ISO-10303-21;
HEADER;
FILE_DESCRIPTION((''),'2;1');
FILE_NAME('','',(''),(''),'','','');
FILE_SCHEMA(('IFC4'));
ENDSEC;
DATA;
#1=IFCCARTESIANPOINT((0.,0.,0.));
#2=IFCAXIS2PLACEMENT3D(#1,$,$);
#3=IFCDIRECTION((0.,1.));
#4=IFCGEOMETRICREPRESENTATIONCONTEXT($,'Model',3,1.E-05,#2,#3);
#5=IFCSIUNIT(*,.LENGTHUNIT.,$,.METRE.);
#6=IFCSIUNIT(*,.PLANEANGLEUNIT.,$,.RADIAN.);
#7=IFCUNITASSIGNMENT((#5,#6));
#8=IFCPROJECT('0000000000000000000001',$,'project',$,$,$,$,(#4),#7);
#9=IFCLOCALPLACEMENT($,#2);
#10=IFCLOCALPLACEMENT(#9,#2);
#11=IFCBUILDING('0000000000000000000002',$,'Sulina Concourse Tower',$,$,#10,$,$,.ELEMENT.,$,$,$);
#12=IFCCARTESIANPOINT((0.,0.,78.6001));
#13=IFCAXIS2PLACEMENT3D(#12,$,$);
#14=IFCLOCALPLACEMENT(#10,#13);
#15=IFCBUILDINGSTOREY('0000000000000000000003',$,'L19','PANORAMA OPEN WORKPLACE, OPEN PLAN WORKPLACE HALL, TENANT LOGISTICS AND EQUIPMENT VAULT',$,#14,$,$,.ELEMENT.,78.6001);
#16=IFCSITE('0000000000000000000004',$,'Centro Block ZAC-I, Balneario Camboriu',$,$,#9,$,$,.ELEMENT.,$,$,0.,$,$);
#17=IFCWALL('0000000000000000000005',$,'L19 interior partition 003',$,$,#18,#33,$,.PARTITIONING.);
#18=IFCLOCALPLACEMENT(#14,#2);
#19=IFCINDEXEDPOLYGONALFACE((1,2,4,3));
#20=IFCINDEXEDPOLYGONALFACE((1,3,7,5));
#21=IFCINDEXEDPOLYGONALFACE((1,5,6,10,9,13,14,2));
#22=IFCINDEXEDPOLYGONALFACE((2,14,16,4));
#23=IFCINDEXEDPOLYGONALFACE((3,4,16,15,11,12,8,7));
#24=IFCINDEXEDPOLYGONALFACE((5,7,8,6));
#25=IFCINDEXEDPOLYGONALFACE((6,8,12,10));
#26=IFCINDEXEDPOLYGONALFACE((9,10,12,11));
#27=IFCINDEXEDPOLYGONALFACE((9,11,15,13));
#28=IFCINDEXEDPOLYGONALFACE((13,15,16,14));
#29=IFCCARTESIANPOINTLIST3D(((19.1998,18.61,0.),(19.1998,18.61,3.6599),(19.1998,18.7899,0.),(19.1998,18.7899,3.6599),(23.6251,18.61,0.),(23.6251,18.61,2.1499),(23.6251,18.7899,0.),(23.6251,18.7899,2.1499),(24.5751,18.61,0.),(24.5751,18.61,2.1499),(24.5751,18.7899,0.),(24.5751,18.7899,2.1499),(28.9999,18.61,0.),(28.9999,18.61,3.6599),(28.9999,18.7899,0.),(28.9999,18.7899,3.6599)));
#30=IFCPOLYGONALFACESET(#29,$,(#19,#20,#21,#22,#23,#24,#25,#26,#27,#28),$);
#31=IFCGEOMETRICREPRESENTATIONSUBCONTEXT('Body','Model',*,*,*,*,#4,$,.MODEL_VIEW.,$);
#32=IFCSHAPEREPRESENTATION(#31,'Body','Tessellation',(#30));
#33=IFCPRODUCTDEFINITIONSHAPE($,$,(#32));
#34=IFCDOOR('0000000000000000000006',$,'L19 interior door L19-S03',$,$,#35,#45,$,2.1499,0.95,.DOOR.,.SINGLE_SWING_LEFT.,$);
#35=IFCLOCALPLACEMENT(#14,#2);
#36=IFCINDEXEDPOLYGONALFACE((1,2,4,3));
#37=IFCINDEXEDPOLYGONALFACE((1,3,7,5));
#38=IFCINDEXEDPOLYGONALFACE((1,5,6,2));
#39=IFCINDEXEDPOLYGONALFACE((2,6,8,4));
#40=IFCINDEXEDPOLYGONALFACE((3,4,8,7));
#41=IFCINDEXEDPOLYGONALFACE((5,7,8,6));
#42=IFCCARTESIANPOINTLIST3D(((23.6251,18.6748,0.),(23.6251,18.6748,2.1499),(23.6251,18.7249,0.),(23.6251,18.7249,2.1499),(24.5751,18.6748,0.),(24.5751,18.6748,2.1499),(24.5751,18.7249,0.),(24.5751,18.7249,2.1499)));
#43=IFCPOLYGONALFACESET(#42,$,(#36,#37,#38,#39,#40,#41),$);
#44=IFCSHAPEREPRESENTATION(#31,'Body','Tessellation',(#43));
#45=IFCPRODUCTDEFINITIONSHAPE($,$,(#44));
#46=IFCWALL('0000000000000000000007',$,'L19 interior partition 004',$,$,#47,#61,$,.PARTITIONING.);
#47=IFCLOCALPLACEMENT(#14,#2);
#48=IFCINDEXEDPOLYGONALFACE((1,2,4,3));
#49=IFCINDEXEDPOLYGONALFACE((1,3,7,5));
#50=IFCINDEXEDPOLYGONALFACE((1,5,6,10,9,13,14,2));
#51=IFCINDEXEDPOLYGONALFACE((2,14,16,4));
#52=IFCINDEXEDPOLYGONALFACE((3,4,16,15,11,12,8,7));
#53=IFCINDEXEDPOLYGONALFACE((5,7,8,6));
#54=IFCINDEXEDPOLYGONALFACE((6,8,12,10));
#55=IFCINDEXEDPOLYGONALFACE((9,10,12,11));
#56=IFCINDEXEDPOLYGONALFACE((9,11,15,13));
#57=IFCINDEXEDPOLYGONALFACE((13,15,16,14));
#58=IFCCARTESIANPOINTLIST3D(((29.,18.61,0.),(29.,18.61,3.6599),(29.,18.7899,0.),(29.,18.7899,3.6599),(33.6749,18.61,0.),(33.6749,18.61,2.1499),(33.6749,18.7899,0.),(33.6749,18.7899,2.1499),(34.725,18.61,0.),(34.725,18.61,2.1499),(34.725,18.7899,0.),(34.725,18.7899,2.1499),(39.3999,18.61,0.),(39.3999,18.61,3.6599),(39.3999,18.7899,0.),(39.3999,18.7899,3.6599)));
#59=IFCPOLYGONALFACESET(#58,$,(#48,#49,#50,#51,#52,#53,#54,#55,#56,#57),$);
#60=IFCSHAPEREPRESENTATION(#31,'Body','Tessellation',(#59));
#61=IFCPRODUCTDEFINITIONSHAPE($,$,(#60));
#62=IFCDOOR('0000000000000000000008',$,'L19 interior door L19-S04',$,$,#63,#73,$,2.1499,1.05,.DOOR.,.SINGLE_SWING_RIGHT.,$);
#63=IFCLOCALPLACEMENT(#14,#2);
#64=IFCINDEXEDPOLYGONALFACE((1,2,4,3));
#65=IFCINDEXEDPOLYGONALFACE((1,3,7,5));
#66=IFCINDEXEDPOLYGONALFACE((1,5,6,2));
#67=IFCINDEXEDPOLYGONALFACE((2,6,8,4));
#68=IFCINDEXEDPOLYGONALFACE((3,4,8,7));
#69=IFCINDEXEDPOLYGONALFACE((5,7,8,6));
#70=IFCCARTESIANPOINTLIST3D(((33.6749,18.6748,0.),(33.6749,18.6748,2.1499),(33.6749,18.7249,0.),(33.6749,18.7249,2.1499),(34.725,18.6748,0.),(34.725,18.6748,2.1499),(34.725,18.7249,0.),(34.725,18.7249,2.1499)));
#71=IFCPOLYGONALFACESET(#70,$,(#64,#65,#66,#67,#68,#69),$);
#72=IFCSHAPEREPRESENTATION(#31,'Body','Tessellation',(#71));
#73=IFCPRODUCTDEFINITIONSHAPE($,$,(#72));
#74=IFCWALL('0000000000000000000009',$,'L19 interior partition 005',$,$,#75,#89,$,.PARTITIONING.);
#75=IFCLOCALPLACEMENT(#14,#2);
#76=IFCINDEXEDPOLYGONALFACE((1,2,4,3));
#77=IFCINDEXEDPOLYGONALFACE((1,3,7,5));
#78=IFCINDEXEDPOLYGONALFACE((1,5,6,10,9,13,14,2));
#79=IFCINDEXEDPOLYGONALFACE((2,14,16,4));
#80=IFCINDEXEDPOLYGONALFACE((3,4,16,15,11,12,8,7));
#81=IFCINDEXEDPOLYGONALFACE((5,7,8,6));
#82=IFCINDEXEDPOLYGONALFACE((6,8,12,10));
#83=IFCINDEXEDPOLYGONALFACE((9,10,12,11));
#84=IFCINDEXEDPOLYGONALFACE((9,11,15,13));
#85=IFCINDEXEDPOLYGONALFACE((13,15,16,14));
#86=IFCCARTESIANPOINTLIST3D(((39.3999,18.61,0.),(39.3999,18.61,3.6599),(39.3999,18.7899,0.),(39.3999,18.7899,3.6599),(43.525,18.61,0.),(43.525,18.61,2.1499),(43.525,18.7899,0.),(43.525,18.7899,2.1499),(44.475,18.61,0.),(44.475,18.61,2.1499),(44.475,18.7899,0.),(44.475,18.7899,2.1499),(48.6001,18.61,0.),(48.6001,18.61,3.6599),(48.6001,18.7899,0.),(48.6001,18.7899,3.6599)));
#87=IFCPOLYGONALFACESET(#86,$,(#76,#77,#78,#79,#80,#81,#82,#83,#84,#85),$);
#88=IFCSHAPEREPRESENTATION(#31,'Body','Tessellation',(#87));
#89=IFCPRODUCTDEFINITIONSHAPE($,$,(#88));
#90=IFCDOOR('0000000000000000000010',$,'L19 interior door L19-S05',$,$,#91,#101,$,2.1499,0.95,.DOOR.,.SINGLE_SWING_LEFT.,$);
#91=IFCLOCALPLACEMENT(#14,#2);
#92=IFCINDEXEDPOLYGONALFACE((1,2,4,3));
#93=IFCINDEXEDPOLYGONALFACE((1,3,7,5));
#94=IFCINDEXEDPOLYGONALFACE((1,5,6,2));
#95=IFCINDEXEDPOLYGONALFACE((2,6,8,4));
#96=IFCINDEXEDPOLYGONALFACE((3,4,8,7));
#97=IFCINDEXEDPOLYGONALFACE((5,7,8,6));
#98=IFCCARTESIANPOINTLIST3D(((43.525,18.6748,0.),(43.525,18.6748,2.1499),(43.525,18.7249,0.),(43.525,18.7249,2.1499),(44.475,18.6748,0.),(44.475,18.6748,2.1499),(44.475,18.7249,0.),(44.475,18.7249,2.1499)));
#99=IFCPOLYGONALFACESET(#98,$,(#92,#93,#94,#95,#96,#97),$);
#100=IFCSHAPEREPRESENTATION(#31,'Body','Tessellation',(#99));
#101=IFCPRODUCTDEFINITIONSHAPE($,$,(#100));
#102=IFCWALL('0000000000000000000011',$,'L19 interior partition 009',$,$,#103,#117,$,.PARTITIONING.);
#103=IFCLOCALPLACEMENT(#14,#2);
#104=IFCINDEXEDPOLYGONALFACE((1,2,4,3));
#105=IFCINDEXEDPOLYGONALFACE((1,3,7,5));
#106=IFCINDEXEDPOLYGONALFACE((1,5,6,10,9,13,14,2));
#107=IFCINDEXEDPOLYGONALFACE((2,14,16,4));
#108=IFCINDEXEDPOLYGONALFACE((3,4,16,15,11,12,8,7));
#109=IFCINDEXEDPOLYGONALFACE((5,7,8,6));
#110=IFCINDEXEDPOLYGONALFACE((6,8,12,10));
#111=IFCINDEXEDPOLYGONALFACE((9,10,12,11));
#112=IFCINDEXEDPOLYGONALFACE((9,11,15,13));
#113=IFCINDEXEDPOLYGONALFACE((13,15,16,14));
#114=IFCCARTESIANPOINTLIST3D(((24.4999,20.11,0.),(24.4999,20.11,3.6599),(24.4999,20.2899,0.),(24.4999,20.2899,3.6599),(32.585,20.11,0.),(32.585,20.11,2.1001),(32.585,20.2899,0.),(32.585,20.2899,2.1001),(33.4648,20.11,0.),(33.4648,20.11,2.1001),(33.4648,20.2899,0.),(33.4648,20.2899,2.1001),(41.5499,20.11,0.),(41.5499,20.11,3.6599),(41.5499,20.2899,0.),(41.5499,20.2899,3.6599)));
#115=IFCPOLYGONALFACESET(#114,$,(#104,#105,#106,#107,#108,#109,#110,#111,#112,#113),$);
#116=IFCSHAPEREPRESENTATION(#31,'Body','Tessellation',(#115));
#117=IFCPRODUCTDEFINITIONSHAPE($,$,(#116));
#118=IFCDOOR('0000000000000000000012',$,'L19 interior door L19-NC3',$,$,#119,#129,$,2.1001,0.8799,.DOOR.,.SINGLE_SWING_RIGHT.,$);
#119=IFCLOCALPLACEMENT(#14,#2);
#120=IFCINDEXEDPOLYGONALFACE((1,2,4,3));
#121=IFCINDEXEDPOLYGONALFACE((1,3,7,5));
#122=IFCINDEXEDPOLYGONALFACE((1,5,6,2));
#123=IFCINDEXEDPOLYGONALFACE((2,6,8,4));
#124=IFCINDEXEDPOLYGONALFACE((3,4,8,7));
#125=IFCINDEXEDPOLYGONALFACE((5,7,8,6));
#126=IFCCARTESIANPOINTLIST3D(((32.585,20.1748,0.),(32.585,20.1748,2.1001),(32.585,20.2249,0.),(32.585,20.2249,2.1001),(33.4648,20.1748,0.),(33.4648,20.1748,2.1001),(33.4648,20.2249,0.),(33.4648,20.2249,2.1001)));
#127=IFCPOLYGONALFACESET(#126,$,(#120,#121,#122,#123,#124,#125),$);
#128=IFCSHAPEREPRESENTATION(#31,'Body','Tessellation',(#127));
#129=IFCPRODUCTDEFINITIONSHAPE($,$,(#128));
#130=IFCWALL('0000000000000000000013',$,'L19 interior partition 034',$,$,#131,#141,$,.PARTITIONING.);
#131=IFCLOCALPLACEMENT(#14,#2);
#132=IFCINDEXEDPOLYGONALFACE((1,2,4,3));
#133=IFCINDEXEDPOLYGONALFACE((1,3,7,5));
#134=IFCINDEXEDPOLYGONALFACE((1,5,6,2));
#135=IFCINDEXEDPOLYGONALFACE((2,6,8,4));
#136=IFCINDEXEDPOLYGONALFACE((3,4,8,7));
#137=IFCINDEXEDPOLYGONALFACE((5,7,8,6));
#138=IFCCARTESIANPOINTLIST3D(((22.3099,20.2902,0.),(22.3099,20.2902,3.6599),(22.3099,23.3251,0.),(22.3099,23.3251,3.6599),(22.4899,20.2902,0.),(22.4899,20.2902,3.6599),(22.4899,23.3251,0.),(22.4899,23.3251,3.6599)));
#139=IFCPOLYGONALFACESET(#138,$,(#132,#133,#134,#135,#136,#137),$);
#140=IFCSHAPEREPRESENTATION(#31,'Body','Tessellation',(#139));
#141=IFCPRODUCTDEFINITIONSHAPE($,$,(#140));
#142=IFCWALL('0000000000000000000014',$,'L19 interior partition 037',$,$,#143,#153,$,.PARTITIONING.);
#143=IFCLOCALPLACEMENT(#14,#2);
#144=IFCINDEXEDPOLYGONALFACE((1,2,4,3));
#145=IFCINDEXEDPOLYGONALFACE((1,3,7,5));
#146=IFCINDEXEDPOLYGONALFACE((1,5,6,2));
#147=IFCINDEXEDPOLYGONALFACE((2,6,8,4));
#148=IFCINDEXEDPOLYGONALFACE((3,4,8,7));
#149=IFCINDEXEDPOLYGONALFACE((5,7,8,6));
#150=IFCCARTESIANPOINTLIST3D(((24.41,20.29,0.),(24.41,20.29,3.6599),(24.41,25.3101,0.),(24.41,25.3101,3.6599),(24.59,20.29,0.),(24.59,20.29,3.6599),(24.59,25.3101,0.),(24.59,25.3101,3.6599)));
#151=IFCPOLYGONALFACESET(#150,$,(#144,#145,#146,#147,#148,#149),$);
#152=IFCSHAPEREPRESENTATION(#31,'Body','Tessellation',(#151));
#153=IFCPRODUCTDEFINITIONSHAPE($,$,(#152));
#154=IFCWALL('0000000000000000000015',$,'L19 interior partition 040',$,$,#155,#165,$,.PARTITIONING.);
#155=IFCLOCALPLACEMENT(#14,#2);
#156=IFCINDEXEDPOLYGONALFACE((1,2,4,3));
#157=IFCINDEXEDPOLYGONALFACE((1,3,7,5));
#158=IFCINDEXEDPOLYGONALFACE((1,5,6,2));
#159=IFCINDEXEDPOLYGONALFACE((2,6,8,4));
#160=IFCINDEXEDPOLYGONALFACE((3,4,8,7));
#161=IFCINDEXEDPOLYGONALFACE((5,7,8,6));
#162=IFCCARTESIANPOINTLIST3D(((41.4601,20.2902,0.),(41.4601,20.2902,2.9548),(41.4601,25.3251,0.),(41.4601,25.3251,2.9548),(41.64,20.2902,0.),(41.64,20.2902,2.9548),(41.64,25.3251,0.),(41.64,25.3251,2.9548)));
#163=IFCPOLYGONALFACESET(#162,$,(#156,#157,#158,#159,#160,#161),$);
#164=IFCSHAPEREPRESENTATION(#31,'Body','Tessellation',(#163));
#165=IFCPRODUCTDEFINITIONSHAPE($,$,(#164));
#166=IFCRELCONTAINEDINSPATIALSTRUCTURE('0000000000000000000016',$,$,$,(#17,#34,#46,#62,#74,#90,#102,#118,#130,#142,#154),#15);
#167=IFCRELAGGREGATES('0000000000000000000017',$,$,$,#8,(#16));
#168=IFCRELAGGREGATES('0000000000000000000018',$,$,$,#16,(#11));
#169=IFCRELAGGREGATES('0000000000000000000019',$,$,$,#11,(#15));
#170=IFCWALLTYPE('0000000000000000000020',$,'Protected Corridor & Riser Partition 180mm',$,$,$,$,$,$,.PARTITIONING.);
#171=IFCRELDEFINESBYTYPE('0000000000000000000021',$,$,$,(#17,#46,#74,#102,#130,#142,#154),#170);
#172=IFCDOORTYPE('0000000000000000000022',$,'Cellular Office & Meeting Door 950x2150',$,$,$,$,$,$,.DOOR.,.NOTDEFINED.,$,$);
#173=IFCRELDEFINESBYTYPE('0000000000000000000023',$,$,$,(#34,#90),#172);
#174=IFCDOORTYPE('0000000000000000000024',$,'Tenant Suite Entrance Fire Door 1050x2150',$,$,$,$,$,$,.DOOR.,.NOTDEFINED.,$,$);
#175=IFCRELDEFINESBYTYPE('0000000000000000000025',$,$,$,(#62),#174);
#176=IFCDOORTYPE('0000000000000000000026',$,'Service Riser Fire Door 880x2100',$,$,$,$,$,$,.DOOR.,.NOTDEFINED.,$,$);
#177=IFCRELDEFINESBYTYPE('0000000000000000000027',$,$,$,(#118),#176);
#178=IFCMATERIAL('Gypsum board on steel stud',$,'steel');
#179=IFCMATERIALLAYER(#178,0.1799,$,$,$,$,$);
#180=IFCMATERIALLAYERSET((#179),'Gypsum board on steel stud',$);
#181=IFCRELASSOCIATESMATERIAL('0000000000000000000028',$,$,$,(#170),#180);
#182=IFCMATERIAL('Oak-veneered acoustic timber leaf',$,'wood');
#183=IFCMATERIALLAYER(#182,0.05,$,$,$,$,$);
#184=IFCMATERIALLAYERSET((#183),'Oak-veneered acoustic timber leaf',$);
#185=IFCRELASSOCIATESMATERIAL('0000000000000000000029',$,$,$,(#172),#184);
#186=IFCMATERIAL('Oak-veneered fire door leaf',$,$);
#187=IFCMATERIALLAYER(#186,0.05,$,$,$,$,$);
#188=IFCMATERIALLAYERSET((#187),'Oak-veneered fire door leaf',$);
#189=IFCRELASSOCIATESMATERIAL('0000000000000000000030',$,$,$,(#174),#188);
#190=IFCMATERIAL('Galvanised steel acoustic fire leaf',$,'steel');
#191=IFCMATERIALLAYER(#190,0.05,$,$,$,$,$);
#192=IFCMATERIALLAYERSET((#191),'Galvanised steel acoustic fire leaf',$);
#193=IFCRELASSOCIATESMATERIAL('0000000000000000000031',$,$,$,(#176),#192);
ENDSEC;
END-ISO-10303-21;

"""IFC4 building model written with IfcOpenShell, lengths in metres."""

from ifc_helpers import new_model, si_unit, direction, frame, frame_2d, origin, place, context, subcontext, project, spatial, rectangle, extrude, material, layer, layer_set, type_object, element, fill, save


model = new_model("IFC4")

# Units and contexts
model_context = context("Model", 3, precision=1e-05, world=origin(), true_north=direction((0.0, 1.0)))
body_context = subcontext(model_context, "Body", "Model", "MODEL_VIEW")
ifc_project = project(units=[si_unit("LENGTHUNIT", "METRE"), si_unit("PLANEANGLEUNIT", "RADIAN")], contexts=[model_context])

# Site, building, storey
site_placement = place(None, origin())
site = spatial("IfcSite", under=ifc_project, at=site_placement, Name="Centro Block ZAC-I, Balneario Camboriu", CompositionType="ELEMENT", RefElevation=0.0)
building_placement = place(site_placement, origin())
building = spatial("IfcBuilding", under=site, at=building_placement, Name="Sulina Concourse Tower", CompositionType="ELEMENT")
storey_placement = place(building_placement, frame((0.0, 0.0, 78.6001)))
storey = spatial("IfcBuildingStorey", under=building, at=storey_placement, Name="L19", Description="PANORAMA OPEN WORKPLACE, OPEN PLAN WORKPLACE HALL, TENANT LOGISTICS AND EQUIPMENT VAULT", CompositionType="ELEMENT", Elevation=78.6001)

# Walls, openings, doors
ifc_material_1 = material(Name="Gypsum board on steel stud", Category="steel")
ifc_layer_1 = layer(ifc_material_1, 0.1799)
ifc_layer_set_1 = layer_set([ifc_layer_1], Name="Gypsum board on steel stud")
wall_type_1 = type_object("IfcWallType", Name="Protected Corridor & Riser Partition 180mm", PredefinedType="PARTITIONING", material=ifc_layer_set_1)
wall_1_placement = place(storey_placement, frame((19.2, 18.7, 0.0), z_axis=(0.0, 0.0, 1.0), x_axis=(1.0, 0.0, 0.0)))
wall_1 = element("IfcWall", 1, at=wall_1_placement, inside=storey, type_object=wall_type_1, Name="L19 interior partition 003", PredefinedType="PARTITIONING", context=body_context, shape_type="SweptSolid", body=[
    extrude(rectangle(XDim=9.8, YDim=0.1799, at=frame_2d((4.8999, 0.0))), origin(), (0.0, 0.0, 1.0), 3.6599),
])
opening_1_placement = place(wall_1_placement, frame((4.425, 0.0, 0.0)))
opening_1 = element("IfcOpeningElement", 2, at=opening_1_placement, cuts=wall_1, PredefinedType="OPENING", context=body_context, shape_type="SweptSolid", body=[
    extrude(rectangle(XDim=0.95, YDim=2.1499, at=frame_2d((0.4751, 1.075))), frame((0.0, 0.0999, 0.0), z_axis=(0.0, -1.0, 0.0), x_axis=(1.0, 0.0, 0.0)), (0.0, 0.0, 1.0), 0.2),
])
ifc_material_2 = material(Name="Oak-veneered acoustic timber leaf", Category="wood")
ifc_layer_2 = layer(ifc_material_2, 0.05)
ifc_layer_set_2 = layer_set([ifc_layer_2], Name="Oak-veneered acoustic timber leaf")
door_type_1 = type_object("IfcDoorType", Name="Cellular Office & Meeting Door 950x2150", OperationType="NOTDEFINED", PredefinedType="DOOR", material=ifc_layer_set_2)
door_1_placement = place(opening_1_placement, origin())
door_1 = element("IfcDoor", 3, at=door_1_placement, inside=storey, type_object=door_type_1, Name="L19 interior door L19-S03", OperationType="SINGLE_SWING_LEFT", OverallHeight=2.1499, OverallWidth=0.95, PredefinedType="DOOR", context=body_context, shape_type="SweptSolid", body=[
    extrude(rectangle(XDim=0.95, YDim=2.1499, at=frame_2d((0.4751, 1.075))), frame((0.0, 0.0249, 0.0), z_axis=(0.0, -1.0, 0.0), x_axis=(1.0, 0.0, 0.0)), (0.0, 0.0, 1.0), 0.05),
])
fill(opening_1, door_1)
wall_2_placement = place(storey_placement, frame((29.0, 18.7, 0.0), z_axis=(0.0, 0.0, 1.0), x_axis=(1.0, 0.0, 0.0)))
wall_2 = element("IfcWall", 4, at=wall_2_placement, inside=storey, type_object=wall_type_1, Name="L19 interior partition 004", PredefinedType="PARTITIONING", context=body_context, shape_type="SweptSolid", body=[
    extrude(rectangle(XDim=10.3999, YDim=0.1799, at=frame_2d((5.2, 0.0))), origin(), (0.0, 0.0, 1.0), 3.6599),
])
opening_2_placement = place(wall_2_placement, frame((4.675, 0.0, 0.0)))
opening_2 = element("IfcOpeningElement", 5, at=opening_2_placement, cuts=wall_2, PredefinedType="OPENING", context=body_context, shape_type="SweptSolid", body=[
    extrude(rectangle(XDim=1.05, YDim=2.1499, at=frame_2d((0.5249, 1.075))), frame((0.0, 0.0999, 0.0), z_axis=(0.0, -1.0, 0.0), x_axis=(1.0, 0.0, 0.0)), (0.0, 0.0, 1.0), 0.2),
])
ifc_material_3 = material(Name="Oak-veneered fire door leaf")
ifc_layer_3 = layer(ifc_material_3, 0.05)
ifc_layer_set_3 = layer_set([ifc_layer_3], Name="Oak-veneered fire door leaf")
door_type_2 = type_object("IfcDoorType", Name="Tenant Suite Entrance Fire Door 1050x2150", OperationType="NOTDEFINED", PredefinedType="DOOR", material=ifc_layer_set_3)
door_2_placement = place(opening_2_placement, origin())
door_2 = element("IfcDoor", 6, at=door_2_placement, inside=storey, type_object=door_type_2, Name="L19 interior door L19-S04", OperationType="SINGLE_SWING_RIGHT", OverallHeight=2.1499, OverallWidth=1.05, PredefinedType="DOOR", context=body_context, shape_type="SweptSolid", body=[
    extrude(rectangle(XDim=1.05, YDim=2.1499, at=frame_2d((0.5249, 1.075))), frame((0.0, 0.0249, 0.0), z_axis=(0.0, -1.0, 0.0), x_axis=(1.0, 0.0, 0.0)), (0.0, 0.0, 1.0), 0.05),
])
fill(opening_2, door_2)
wall_3_placement = place(storey_placement, frame((39.3999, 18.7, 0.0), z_axis=(0.0, 0.0, 1.0), x_axis=(1.0, 0.0, 0.0)))
wall_3 = element("IfcWall", 7, at=wall_3_placement, inside=storey, type_object=wall_type_1, Name="L19 interior partition 005", PredefinedType="PARTITIONING", context=body_context, shape_type="SweptSolid", body=[
    extrude(rectangle(XDim=9.2002, YDim=0.1799, at=frame_2d((4.6001, 0.0))), origin(), (0.0, 0.0, 1.0), 3.6599),
])
opening_3_placement = place(wall_3_placement, frame((4.125, 0.0, 0.0)))
opening_3 = element("IfcOpeningElement", 8, at=opening_3_placement, cuts=wall_3, PredefinedType="OPENING", context=body_context, shape_type="SweptSolid", body=[
    extrude(rectangle(XDim=0.95, YDim=2.1499, at=frame_2d((0.4751, 1.075))), frame((0.0, 0.0999, 0.0), z_axis=(0.0, -1.0, 0.0), x_axis=(1.0, 0.0, 0.0)), (0.0, 0.0, 1.0), 0.2),
])
door_3_placement = place(opening_3_placement, origin())
door_3 = element("IfcDoor", 9, at=door_3_placement, inside=storey, type_object=door_type_1, Name="L19 interior door L19-S05", OperationType="SINGLE_SWING_LEFT", OverallHeight=2.1499, OverallWidth=0.95, PredefinedType="DOOR", context=body_context, shape_type="SweptSolid", body=[
    extrude(rectangle(XDim=0.95, YDim=2.1499, at=frame_2d((0.4751, 1.075))), frame((0.0, 0.0249, 0.0), z_axis=(0.0, -1.0, 0.0), x_axis=(1.0, 0.0, 0.0)), (0.0, 0.0, 1.0), 0.05),
])
fill(opening_3, door_3)
wall_4_placement = place(storey_placement, frame((24.5, 20.2, 0.0), z_axis=(0.0, 0.0, 1.0), x_axis=(1.0, 0.0, 0.0)))
wall_4 = element("IfcWall", 10, at=wall_4_placement, inside=storey, type_object=wall_type_1, Name="L19 interior partition 009", PredefinedType="PARTITIONING", context=body_context, shape_type="SweptSolid", body=[
    extrude(rectangle(XDim=17.05, YDim=0.1799, at=frame_2d((8.5249, 0.0))), origin(), (0.0, 0.0, 1.0), 3.6599),
])
opening_4_placement = place(wall_4_placement, frame((8.085, 0.0, 0.0)))
opening_4 = element("IfcOpeningElement", 11, at=opening_4_placement, cuts=wall_4, PredefinedType="OPENING", context=body_context, shape_type="SweptSolid", body=[
    extrude(rectangle(XDim=0.8799, YDim=2.1001, at=frame_2d((0.4399, 1.05))), frame((0.0, 0.0999, 0.0), z_axis=(0.0, -1.0, 0.0), x_axis=(1.0, 0.0, 0.0)), (0.0, 0.0, 1.0), 0.2),
])
ifc_material_4 = material(Name="Galvanised steel acoustic fire leaf", Category="steel")
ifc_layer_4 = layer(ifc_material_4, 0.05)
ifc_layer_set_4 = layer_set([ifc_layer_4], Name="Galvanised steel acoustic fire leaf")
door_type_3 = type_object("IfcDoorType", Name="Service Riser Fire Door 880x2100", OperationType="NOTDEFINED", PredefinedType="DOOR", material=ifc_layer_set_4)
door_4_placement = place(opening_4_placement, origin())
door_4 = element("IfcDoor", 12, at=door_4_placement, inside=storey, type_object=door_type_3, Name="L19 interior door L19-NC3", OperationType="SINGLE_SWING_RIGHT", OverallHeight=2.1001, OverallWidth=0.8799, PredefinedType="DOOR", context=body_context, shape_type="SweptSolid", body=[
    extrude(rectangle(XDim=0.8799, YDim=2.1001, at=frame_2d((0.4399, 1.05))), frame((0.0, 0.0249, 0.0), z_axis=(0.0, -1.0, 0.0), x_axis=(1.0, 0.0, 0.0)), (0.0, 0.0, 1.0), 0.05),
])
fill(opening_4, door_4)

# Wall
wall_5_placement = place(storey_placement, frame((22.3999, 20.29, 0.0), z_axis=(0.0, 0.0, 1.0), x_axis=(0.0, 1.0, 0.0)))
element("IfcWall", 13, at=wall_5_placement, inside=storey, type_object=wall_type_1, Name="L19 interior partition 034", PredefinedType="PARTITIONING", context=body_context, shape_type="SweptSolid", body=[
    extrude(rectangle(XDim=3.0349, YDim=0.1799, at=frame_2d((1.5176, 0.0))), origin(), (0.0, 0.0, 1.0), 3.6599),
])

# Walls
wall_6_placement = place(storey_placement, frame((24.5, 20.29, 0.0), z_axis=(0.0, 0.0, 1.0), x_axis=(0.0, 1.0, 0.0)))
element("IfcWall", 14, at=wall_6_placement, inside=storey, type_object=wall_type_1, Name="L19 interior partition 037", PredefinedType="PARTITIONING", context=body_context, shape_type="SweptSolid", body=[
    extrude(rectangle(XDim=5.02, YDim=0.1799, at=frame_2d((2.51, 0.0))), origin(), (0.0, 0.0, 1.0), 3.6599),
])
wall_7_placement = place(storey_placement, frame((41.55, 20.29, 0.0), z_axis=(0.0, 0.0, 1.0), x_axis=(0.0, 1.0, 0.0)))
element("IfcWall", 15, at=wall_7_placement, inside=storey, type_object=wall_type_1, Name="L19 interior partition 040", PredefinedType="PARTITIONING", context=body_context, shape_type="SweptSolid", body=[
    extrude(rectangle(XDim=5.0349, YDim=0.1799, at=frame_2d((2.5176, 0.0))), origin(), (0.0, 0.0, 1.0), 2.9548),
])

save(model, "model.ifc")
